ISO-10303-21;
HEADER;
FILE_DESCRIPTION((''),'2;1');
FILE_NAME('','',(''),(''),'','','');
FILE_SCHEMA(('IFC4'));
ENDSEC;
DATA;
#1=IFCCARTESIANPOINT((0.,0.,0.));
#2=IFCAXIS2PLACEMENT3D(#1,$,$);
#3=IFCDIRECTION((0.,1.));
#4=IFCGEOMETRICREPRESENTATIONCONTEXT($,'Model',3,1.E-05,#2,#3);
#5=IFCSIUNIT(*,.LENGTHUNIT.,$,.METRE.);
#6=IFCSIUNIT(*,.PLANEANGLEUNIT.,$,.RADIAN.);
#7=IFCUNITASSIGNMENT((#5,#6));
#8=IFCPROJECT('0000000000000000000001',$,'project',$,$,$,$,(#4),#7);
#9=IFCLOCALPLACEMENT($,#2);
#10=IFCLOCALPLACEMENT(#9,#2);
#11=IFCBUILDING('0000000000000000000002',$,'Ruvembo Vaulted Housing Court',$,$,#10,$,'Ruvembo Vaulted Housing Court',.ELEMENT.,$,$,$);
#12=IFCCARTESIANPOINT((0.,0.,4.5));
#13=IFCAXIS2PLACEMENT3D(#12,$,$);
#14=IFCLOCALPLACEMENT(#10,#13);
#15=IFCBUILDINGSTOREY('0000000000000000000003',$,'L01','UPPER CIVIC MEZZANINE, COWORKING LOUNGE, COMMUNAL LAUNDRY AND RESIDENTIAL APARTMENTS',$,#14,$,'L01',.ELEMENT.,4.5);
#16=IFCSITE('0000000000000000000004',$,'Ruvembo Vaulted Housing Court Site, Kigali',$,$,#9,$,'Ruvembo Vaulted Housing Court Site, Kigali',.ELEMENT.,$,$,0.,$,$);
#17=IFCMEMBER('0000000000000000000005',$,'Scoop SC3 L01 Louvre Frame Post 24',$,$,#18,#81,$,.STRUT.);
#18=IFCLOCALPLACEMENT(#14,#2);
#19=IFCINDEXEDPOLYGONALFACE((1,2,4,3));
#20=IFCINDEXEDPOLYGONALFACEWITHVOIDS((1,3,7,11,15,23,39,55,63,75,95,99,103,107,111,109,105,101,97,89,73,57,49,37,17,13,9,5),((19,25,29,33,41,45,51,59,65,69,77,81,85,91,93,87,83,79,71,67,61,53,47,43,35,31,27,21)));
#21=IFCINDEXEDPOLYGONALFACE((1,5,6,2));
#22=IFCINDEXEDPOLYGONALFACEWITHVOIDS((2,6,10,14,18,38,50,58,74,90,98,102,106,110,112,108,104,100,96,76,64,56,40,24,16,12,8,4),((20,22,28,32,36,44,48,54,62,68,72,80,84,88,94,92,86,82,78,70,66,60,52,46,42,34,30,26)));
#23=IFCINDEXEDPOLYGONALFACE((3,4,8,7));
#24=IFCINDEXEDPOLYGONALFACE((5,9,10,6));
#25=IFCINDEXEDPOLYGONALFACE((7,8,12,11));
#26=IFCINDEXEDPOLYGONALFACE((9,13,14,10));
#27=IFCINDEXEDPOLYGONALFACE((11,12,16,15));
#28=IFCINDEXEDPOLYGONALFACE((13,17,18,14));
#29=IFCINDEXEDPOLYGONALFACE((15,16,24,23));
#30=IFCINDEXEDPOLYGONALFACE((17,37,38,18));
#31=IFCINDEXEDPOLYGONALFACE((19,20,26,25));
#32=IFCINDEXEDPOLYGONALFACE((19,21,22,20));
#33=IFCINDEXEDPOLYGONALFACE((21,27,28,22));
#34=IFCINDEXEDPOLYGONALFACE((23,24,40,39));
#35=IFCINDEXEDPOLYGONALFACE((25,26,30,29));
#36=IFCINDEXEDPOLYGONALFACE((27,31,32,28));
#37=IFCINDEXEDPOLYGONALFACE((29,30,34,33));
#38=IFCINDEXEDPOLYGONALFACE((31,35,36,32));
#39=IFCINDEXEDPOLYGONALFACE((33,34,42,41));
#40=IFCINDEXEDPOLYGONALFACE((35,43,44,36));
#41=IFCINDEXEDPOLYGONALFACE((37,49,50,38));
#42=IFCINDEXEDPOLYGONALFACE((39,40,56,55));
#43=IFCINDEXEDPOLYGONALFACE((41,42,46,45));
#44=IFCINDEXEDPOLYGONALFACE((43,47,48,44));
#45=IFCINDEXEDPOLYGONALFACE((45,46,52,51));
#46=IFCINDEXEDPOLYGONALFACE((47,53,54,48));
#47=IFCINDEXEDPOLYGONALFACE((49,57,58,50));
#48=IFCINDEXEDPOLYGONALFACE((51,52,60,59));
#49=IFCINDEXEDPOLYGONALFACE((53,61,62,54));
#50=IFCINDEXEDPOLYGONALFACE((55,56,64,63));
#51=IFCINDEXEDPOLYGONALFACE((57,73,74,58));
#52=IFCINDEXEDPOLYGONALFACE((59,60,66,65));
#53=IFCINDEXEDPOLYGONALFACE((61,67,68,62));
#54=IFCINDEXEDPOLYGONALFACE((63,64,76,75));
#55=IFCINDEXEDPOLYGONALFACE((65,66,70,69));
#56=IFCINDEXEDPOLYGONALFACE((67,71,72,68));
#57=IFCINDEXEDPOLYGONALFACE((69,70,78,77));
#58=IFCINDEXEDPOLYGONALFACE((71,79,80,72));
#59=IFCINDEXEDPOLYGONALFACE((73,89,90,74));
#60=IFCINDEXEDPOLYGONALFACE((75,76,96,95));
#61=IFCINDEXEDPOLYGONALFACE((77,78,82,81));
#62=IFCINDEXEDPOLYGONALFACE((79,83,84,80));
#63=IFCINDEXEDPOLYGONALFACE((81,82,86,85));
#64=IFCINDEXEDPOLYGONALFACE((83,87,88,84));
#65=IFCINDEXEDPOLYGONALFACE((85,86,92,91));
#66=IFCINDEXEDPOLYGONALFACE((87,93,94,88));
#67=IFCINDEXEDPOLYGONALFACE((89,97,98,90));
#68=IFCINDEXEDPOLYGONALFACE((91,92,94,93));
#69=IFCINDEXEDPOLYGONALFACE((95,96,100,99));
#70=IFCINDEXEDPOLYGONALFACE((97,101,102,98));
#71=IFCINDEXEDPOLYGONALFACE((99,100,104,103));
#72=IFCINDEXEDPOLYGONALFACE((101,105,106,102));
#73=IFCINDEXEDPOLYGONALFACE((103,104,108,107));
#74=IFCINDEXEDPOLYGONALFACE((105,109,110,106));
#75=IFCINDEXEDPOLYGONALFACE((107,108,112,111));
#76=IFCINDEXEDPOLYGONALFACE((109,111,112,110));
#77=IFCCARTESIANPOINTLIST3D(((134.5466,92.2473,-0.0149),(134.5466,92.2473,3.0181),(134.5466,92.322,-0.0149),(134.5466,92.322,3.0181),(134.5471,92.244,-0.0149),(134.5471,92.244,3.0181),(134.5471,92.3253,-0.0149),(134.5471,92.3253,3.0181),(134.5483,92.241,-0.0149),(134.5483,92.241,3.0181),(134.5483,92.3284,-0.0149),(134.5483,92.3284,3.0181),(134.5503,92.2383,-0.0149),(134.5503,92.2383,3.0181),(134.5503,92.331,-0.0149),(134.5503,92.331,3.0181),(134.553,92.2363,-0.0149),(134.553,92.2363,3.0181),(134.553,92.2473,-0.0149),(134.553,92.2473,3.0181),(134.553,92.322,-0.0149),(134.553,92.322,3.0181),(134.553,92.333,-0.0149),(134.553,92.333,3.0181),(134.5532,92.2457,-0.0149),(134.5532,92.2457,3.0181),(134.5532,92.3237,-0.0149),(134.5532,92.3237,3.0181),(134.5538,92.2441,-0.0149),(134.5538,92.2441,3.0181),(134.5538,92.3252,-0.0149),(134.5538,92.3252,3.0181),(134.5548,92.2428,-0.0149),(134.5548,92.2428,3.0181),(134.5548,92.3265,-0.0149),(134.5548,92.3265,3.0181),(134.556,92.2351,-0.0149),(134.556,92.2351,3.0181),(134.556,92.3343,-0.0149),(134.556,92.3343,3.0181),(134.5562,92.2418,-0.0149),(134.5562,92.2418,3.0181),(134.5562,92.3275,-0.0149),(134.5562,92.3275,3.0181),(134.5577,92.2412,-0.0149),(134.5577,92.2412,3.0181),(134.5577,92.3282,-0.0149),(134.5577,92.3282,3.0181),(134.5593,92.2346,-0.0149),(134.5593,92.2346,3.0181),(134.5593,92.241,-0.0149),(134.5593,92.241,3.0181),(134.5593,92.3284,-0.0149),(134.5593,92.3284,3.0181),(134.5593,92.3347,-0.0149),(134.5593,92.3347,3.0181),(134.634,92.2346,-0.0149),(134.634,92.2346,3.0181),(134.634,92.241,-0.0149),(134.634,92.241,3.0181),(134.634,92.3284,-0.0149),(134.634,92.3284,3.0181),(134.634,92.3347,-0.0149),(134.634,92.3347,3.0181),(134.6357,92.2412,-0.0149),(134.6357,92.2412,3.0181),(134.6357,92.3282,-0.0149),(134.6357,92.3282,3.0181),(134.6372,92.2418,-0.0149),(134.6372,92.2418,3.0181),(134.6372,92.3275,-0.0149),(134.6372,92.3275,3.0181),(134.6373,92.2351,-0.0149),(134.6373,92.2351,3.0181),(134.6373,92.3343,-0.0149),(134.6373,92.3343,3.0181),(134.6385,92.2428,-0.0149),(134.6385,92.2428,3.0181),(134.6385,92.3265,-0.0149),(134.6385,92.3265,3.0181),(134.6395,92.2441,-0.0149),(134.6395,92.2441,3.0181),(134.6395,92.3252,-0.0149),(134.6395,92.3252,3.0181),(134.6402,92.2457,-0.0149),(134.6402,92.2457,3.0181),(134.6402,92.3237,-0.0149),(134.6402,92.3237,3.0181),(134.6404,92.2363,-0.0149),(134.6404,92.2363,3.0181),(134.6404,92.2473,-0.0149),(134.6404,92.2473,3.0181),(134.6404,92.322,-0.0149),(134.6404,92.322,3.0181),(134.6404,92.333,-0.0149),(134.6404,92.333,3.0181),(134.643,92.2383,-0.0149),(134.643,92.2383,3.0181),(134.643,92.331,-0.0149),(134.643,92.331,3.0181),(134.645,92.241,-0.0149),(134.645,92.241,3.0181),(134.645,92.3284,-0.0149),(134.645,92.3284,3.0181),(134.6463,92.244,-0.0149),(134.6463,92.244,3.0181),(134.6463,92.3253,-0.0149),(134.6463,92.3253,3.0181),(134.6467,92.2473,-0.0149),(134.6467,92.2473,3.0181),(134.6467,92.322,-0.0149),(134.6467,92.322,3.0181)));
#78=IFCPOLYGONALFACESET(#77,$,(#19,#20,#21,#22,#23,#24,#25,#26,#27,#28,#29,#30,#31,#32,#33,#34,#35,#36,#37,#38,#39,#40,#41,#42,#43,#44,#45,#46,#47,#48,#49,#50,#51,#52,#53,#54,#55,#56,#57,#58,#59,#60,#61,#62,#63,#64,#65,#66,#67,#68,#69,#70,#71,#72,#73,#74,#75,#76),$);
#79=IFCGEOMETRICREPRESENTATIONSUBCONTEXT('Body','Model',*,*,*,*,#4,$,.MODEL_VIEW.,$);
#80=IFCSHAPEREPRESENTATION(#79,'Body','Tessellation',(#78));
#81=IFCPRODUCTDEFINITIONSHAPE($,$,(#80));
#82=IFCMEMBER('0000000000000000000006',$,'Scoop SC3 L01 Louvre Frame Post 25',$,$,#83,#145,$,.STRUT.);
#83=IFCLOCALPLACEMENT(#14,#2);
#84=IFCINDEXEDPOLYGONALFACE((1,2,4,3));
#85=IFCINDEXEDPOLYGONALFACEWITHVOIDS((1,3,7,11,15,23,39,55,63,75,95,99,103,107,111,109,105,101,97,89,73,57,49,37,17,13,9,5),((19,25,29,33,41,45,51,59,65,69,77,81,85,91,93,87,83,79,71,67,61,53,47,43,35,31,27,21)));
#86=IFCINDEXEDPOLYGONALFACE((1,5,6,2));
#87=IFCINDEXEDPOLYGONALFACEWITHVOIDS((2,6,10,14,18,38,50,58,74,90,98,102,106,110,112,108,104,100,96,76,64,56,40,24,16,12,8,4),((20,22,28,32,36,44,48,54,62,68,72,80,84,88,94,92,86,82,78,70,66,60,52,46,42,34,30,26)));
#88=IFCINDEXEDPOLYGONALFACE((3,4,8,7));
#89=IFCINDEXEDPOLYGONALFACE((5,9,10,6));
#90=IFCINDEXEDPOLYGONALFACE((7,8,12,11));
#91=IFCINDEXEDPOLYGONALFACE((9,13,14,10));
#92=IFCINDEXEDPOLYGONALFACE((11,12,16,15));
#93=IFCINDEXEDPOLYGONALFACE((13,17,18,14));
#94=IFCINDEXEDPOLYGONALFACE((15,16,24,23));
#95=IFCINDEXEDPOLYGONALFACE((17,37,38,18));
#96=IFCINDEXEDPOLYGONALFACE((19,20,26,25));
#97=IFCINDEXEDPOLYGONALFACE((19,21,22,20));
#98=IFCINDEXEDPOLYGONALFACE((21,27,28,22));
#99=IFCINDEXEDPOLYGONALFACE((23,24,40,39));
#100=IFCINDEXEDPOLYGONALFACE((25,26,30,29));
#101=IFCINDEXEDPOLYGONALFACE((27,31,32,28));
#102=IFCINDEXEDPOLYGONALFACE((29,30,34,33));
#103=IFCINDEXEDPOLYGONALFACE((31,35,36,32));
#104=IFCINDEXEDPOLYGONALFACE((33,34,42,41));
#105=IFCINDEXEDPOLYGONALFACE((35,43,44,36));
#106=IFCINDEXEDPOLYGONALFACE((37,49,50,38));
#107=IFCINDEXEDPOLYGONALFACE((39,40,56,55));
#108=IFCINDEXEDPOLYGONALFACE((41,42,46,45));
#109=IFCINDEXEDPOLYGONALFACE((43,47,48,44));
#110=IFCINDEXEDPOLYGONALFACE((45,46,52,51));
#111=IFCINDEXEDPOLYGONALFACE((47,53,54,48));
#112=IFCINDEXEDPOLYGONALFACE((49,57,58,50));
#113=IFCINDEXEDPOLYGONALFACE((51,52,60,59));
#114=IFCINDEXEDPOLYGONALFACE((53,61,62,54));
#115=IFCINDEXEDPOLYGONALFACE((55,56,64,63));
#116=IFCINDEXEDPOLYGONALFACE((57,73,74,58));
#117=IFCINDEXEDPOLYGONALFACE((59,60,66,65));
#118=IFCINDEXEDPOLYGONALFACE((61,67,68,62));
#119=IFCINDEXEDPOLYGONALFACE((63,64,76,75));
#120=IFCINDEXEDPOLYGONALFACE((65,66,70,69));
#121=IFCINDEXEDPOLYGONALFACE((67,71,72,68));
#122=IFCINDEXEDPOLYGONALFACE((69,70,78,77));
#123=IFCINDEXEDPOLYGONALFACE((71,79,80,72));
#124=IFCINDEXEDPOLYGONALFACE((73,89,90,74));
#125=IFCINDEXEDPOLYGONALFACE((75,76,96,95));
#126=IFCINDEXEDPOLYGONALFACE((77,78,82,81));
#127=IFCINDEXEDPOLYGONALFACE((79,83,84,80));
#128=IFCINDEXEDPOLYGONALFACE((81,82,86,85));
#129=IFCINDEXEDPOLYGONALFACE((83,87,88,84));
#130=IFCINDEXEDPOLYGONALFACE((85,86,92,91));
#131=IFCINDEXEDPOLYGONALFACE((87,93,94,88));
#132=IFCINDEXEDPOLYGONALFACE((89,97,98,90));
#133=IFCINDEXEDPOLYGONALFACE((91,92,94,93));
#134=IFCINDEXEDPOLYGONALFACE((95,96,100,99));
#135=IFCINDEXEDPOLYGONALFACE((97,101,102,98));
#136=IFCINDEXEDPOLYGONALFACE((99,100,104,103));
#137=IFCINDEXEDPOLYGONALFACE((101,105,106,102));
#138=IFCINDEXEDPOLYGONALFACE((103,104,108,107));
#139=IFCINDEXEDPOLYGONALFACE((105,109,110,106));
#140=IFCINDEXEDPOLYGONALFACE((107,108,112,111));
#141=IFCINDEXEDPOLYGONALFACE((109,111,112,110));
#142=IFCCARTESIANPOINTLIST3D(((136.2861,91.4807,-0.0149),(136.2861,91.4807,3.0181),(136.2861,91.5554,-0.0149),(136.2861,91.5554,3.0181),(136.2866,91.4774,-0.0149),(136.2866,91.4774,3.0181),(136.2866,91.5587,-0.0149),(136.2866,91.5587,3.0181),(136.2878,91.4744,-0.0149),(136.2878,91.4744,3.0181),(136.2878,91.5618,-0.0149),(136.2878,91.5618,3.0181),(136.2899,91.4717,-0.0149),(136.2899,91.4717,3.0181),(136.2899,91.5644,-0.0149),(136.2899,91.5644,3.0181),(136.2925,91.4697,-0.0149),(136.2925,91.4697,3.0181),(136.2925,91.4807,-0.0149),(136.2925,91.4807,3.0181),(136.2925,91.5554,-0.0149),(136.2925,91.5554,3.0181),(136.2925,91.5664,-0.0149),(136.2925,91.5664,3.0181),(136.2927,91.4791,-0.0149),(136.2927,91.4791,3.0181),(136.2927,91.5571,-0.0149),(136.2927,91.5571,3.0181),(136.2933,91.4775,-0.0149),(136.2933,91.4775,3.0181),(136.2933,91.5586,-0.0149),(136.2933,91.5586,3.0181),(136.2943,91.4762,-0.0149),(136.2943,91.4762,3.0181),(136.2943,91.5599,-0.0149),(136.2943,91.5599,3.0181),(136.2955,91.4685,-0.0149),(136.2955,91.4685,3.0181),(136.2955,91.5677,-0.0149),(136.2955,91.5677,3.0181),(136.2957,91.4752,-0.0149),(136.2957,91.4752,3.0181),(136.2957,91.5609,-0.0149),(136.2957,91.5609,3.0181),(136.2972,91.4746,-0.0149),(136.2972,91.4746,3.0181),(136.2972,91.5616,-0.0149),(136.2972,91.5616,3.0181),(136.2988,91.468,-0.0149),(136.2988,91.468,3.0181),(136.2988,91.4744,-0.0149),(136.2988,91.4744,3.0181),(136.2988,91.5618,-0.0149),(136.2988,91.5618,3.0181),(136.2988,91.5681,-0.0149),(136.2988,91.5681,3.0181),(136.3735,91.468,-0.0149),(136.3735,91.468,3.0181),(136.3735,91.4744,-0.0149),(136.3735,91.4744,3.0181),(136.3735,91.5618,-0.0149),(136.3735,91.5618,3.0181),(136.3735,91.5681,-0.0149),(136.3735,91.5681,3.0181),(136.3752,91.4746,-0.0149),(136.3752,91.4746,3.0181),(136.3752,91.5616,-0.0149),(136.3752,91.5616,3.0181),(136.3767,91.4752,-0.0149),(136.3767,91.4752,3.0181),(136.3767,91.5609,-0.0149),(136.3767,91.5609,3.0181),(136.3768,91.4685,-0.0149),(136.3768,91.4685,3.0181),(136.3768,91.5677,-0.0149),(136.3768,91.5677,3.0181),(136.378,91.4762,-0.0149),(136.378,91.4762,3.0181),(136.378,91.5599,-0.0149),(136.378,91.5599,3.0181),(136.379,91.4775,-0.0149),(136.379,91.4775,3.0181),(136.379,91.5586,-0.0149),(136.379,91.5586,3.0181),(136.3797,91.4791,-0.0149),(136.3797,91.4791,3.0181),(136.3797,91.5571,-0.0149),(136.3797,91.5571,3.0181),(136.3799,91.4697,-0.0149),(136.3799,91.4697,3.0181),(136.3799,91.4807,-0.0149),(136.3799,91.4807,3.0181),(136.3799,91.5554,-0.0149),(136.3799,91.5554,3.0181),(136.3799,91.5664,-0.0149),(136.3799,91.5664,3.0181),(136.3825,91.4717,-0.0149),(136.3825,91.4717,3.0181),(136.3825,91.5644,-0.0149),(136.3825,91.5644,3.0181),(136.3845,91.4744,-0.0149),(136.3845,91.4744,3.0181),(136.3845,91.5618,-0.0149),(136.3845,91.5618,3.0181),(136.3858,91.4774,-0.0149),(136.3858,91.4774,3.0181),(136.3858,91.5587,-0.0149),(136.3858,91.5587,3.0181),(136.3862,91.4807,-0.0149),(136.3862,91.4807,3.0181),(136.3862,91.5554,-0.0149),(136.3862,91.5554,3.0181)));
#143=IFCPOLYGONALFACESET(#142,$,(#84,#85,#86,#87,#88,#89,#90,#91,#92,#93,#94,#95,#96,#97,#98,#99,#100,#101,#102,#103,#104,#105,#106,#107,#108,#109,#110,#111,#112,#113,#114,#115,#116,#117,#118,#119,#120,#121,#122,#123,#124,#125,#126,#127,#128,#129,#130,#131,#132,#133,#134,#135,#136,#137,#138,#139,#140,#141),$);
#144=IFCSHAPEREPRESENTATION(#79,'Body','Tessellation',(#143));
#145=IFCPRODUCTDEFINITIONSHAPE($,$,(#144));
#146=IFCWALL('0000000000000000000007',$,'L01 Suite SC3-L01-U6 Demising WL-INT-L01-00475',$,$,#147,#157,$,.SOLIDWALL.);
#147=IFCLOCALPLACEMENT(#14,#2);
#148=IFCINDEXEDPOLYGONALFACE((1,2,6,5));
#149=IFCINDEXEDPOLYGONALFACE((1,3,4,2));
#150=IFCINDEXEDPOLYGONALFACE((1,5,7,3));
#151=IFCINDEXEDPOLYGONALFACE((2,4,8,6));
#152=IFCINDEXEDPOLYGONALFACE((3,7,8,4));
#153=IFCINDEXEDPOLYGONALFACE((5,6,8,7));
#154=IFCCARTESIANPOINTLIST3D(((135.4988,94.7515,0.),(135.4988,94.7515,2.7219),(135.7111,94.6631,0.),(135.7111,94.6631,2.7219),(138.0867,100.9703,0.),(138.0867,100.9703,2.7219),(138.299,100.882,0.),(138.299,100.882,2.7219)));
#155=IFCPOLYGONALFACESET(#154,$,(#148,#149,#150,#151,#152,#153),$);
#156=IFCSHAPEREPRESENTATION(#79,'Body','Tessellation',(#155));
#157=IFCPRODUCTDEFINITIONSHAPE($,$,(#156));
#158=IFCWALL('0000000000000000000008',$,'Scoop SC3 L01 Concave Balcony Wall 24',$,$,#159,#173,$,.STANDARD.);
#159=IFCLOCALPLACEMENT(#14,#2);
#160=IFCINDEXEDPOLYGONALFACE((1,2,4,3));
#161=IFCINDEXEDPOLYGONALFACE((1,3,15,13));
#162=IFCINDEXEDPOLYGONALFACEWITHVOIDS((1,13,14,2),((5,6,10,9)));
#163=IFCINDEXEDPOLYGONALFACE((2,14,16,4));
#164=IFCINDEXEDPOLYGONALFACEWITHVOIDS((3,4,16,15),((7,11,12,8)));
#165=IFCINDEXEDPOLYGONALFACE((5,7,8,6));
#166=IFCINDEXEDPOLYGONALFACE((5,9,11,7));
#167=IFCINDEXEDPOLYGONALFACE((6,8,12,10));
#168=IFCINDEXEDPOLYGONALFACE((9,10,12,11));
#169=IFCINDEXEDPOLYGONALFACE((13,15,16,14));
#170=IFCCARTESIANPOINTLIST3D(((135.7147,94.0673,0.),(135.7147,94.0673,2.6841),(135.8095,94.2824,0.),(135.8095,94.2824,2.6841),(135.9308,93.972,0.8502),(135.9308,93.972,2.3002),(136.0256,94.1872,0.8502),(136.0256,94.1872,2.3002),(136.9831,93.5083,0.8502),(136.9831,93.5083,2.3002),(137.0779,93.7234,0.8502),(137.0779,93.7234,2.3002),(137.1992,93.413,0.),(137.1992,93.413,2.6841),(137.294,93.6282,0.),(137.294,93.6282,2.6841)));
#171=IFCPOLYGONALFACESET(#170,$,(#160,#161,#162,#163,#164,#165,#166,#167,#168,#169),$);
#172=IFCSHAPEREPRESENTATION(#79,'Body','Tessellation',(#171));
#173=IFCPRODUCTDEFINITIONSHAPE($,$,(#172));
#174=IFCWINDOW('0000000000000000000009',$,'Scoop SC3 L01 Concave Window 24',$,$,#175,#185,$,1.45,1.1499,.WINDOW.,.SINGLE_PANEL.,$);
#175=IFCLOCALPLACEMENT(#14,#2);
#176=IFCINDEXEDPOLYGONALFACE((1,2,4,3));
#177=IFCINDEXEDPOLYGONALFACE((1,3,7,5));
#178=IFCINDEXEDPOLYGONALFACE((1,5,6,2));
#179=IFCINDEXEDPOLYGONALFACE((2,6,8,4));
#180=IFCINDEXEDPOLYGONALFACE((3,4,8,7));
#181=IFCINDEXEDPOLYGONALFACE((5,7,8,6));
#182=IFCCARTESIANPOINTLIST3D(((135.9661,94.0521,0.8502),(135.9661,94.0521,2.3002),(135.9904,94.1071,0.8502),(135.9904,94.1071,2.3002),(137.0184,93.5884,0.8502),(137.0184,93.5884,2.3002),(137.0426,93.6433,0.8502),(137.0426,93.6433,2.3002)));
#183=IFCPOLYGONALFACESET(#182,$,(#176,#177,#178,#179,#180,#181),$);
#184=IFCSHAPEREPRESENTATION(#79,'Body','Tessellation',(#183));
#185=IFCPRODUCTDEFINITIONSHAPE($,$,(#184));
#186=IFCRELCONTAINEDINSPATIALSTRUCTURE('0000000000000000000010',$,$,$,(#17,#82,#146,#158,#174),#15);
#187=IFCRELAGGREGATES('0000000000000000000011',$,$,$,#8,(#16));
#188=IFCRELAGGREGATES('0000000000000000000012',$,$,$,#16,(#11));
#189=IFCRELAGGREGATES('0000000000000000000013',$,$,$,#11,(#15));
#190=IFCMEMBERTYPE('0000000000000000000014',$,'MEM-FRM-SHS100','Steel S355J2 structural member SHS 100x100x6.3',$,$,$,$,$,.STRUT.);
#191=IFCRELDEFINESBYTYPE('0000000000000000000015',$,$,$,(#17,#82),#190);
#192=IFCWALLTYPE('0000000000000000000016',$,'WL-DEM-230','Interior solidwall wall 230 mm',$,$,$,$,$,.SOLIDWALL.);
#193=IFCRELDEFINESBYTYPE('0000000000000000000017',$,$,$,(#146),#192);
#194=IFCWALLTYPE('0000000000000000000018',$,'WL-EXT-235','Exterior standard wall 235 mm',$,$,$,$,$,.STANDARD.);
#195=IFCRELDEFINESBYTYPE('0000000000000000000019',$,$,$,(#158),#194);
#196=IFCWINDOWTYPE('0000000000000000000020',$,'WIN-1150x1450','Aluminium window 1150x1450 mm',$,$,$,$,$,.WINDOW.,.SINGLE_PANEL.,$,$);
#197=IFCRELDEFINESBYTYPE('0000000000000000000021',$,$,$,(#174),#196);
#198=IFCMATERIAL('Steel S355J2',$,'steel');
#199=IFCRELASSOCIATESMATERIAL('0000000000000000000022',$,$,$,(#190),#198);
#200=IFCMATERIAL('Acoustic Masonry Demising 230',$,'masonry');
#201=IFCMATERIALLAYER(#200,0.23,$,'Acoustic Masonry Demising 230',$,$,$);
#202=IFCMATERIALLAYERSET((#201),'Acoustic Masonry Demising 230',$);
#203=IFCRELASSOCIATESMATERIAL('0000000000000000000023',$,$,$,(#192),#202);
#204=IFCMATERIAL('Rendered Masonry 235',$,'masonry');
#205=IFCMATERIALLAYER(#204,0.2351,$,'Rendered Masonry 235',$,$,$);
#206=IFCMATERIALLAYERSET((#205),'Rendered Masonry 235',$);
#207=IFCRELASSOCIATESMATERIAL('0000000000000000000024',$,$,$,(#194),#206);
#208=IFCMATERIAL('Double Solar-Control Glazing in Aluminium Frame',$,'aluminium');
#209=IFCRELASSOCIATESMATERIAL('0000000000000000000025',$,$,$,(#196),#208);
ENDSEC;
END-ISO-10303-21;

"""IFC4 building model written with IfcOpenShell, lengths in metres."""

from ifc_helpers import new_model, si_unit, direction, frame, frame_2d, origin, origin_2d, place, context, subcontext, project, spatial, rectangle, hollow_rectangle, extrude, material, layer, layer_set, material_profile, profile_set, type_object, element, fill, save


model = new_model("IFC4")

# Units and contexts
model_context = context("Model", 3, precision=1e-05, world=origin(), true_north=direction((0.0, 1.0)))
body_context = subcontext(model_context, "Body", "Model", "MODEL_VIEW")
ifc_project = project(units=[si_unit("LENGTHUNIT", "METRE"), si_unit("PLANEANGLEUNIT", "RADIAN")], contexts=[model_context])

# Site, building, storey
site_placement = place(None, origin())
site = spatial("IfcSite", under=ifc_project, at=site_placement, Name="Ruvembo Vaulted Housing Court Site, Kigali", LongName="Ruvembo Vaulted Housing Court Site, Kigali", CompositionType="ELEMENT", RefElevation=0.0)
building_placement = place(site_placement, origin())
building = spatial("IfcBuilding", under=site, at=building_placement, Name="Ruvembo Vaulted Housing Court", LongName="Ruvembo Vaulted Housing Court", CompositionType="ELEMENT")
storey_placement = place(building_placement, frame((0.0, 0.0, 4.5)))
storey = spatial("IfcBuildingStorey", under=building, at=storey_placement, Name="L01", Description="UPPER CIVIC MEZZANINE, COWORKING LOUNGE, COMMUNAL LAUNDRY AND RESIDENTIAL APARTMENTS", LongName="L01", CompositionType="ELEMENT", Elevation=4.5)

# Shared definitions
ifc_material_1 = material(Name="Steel S355J2", Category="steel")

# Members
ifc_material_profile_1 = material_profile(ifc_material_1, hollow_rectangle(XDim=0.1001, YDim=0.1001, WallThickness=0.0063, InnerFilletRadius=0.0063, OuterFilletRadius=0.0127, at=origin_2d()), Name="SHS 100x100x6.3")
ifc_profile_set_1 = profile_set([ifc_material_profile_1], Name="Steel S355J2")
member_type_1 = type_object("IfcMemberType", Name="MEM-FRM-SHS100", Description="Steel S355J2 structural member SHS 100x100x6.3", PredefinedType="STRUT", material=ifc_profile_set_1)
for number, where, z_axis, x_axis, name in (
    (1, (134.5967, 92.2847, -0.0149), (0.0, 0.0, 1.0), (1.0, 0.0, 0.0), "Scoop SC3 L01 Louvre Frame Post 24"),
    (2, (136.3362, 91.5181, -0.0149), (0.0, 0.0, 1.0), (1.0, 0.0, 0.0), "Scoop SC3 L01 Louvre Frame Post 25"),
):
    element("IfcMember", number, at=place(storey_placement, frame(where, z_axis=z_axis, x_axis=x_axis)), inside=storey, type_object=member_type_1, Name=name, PredefinedType="STRUT", context=body_context, shape_type="SweptSolid", body=[
        extrude(hollow_rectangle(XDim=0.1001, YDim=0.1001, WallThickness=0.0063, InnerFilletRadius=0.0063, OuterFilletRadius=0.0127, at=origin_2d()), origin(), (0.0, 0.0, 1.0), 3.033),
    ])

# Wall
ifc_material_2 = material(Name="Acoustic Masonry Demising 230", Category="masonry")
ifc_layer_1 = layer(ifc_material_2, 0.23, Name="Acoustic Masonry Demising 230")
ifc_layer_set_1 = layer_set([ifc_layer_1], Name="Acoustic Masonry Demising 230")
wall_type_1 = type_object("IfcWallType", Name="WL-DEM-230", Description="Interior solidwall wall 230 mm", PredefinedType="SOLIDWALL", material=ifc_layer_set_1)
wall_1_placement = place(storey_placement, frame((135.605, 94.7073, 0.0), z_axis=(0.0, 0.0, 1.0), x_axis=(0.384191, 0.923254, 0.0)))
element("IfcWall", 3, at=wall_1_placement, inside=storey, type_object=wall_type_1, Name="L01 Suite SC3-L01-U6 Demising WL-INT-L01-00475", PredefinedType="SOLIDWALL", context=body_context, shape_type="SweptSolid", body=[
    extrude(rectangle(XDim=6.7358, YDim=0.23, at=frame_2d((3.3679, 0.0))), origin(), (0.0, 0.0, 1.0), 2.7219),
])

# Wall, opening, window
ifc_material_3 = material(Name="Rendered Masonry 235", Category="masonry")
ifc_layer_2 = layer(ifc_material_3, 0.2351, Name="Rendered Masonry 235")
ifc_layer_set_2 = layer_set([ifc_layer_2], Name="Rendered Masonry 235")
wall_type_2 = type_object("IfcWallType", Name="WL-EXT-235", Description="Exterior standard wall 235 mm", PredefinedType="STANDARD", material=ifc_layer_set_2)
wall_2_placement = place(storey_placement, frame((135.7622, 94.1748, 0.0), z_axis=(0.0, 0.0, 1.0), x_axis=(0.915073, -0.403288, 0.0)))
wall_2 = element("IfcWall", 4, at=wall_2_placement, inside=storey, type_object=wall_type_2, Name="Scoop SC3 L01 Concave Balcony Wall 24", PredefinedType="STANDARD", context=body_context, shape_type="SweptSolid", body=[
    extrude(rectangle(XDim=1.6223, YDim=0.2351, at=frame_2d((0.811, 0.0))), origin(), (0.0, 0.0, 1.0), 2.6841),
])
opening_placement = place(wall_2_placement, frame((0.2361, 0.0, 0.8501)))
opening = element("IfcOpeningElement", 5, at=opening_placement, cuts=wall_2, PredefinedType="OPENING", context=body_context, shape_type="SweptSolid", body=[
    extrude(rectangle(XDim=1.1499, YDim=1.45, at=frame_2d((0.575, 0.7251))), frame((0.0, 0.1274, 0.0), z_axis=(0.0, -1.0, 0.0), x_axis=(1.0, 0.0, 0.0)), (0.0, 0.0, 1.0), 0.2551),
])
ifc_material_4 = material(Name="Double Solar-Control Glazing in Aluminium Frame", Category="aluminium")
window_type = type_object("IfcWindowType", Name="WIN-1150x1450", Description="Aluminium window 1150x1450 mm", PartitioningType="SINGLE_PANEL", PredefinedType="WINDOW", material=ifc_material_4)
window_placement = place(opening_placement, origin())
window = element("IfcWindow", 6, at=window_placement, inside=storey, type_object=window_type, Name="Scoop SC3 L01 Concave Window 24", OverallHeight=1.45, OverallWidth=1.1499, PartitioningType="SINGLE_PANEL", PredefinedType="WINDOW", context=body_context, shape_type="SweptSolid", body=[
    extrude(rectangle(XDim=1.1499, YDim=1.45, at=frame_2d((0.575, 0.7251))), frame((0.0, 0.03, 0.0), z_axis=(0.0, -1.0, 0.0), x_axis=(1.0, 0.0, 0.0)), (0.0, 0.0, 1.0), 0.0601),
])
fill(opening, window)

save(model, "model.ifc")
